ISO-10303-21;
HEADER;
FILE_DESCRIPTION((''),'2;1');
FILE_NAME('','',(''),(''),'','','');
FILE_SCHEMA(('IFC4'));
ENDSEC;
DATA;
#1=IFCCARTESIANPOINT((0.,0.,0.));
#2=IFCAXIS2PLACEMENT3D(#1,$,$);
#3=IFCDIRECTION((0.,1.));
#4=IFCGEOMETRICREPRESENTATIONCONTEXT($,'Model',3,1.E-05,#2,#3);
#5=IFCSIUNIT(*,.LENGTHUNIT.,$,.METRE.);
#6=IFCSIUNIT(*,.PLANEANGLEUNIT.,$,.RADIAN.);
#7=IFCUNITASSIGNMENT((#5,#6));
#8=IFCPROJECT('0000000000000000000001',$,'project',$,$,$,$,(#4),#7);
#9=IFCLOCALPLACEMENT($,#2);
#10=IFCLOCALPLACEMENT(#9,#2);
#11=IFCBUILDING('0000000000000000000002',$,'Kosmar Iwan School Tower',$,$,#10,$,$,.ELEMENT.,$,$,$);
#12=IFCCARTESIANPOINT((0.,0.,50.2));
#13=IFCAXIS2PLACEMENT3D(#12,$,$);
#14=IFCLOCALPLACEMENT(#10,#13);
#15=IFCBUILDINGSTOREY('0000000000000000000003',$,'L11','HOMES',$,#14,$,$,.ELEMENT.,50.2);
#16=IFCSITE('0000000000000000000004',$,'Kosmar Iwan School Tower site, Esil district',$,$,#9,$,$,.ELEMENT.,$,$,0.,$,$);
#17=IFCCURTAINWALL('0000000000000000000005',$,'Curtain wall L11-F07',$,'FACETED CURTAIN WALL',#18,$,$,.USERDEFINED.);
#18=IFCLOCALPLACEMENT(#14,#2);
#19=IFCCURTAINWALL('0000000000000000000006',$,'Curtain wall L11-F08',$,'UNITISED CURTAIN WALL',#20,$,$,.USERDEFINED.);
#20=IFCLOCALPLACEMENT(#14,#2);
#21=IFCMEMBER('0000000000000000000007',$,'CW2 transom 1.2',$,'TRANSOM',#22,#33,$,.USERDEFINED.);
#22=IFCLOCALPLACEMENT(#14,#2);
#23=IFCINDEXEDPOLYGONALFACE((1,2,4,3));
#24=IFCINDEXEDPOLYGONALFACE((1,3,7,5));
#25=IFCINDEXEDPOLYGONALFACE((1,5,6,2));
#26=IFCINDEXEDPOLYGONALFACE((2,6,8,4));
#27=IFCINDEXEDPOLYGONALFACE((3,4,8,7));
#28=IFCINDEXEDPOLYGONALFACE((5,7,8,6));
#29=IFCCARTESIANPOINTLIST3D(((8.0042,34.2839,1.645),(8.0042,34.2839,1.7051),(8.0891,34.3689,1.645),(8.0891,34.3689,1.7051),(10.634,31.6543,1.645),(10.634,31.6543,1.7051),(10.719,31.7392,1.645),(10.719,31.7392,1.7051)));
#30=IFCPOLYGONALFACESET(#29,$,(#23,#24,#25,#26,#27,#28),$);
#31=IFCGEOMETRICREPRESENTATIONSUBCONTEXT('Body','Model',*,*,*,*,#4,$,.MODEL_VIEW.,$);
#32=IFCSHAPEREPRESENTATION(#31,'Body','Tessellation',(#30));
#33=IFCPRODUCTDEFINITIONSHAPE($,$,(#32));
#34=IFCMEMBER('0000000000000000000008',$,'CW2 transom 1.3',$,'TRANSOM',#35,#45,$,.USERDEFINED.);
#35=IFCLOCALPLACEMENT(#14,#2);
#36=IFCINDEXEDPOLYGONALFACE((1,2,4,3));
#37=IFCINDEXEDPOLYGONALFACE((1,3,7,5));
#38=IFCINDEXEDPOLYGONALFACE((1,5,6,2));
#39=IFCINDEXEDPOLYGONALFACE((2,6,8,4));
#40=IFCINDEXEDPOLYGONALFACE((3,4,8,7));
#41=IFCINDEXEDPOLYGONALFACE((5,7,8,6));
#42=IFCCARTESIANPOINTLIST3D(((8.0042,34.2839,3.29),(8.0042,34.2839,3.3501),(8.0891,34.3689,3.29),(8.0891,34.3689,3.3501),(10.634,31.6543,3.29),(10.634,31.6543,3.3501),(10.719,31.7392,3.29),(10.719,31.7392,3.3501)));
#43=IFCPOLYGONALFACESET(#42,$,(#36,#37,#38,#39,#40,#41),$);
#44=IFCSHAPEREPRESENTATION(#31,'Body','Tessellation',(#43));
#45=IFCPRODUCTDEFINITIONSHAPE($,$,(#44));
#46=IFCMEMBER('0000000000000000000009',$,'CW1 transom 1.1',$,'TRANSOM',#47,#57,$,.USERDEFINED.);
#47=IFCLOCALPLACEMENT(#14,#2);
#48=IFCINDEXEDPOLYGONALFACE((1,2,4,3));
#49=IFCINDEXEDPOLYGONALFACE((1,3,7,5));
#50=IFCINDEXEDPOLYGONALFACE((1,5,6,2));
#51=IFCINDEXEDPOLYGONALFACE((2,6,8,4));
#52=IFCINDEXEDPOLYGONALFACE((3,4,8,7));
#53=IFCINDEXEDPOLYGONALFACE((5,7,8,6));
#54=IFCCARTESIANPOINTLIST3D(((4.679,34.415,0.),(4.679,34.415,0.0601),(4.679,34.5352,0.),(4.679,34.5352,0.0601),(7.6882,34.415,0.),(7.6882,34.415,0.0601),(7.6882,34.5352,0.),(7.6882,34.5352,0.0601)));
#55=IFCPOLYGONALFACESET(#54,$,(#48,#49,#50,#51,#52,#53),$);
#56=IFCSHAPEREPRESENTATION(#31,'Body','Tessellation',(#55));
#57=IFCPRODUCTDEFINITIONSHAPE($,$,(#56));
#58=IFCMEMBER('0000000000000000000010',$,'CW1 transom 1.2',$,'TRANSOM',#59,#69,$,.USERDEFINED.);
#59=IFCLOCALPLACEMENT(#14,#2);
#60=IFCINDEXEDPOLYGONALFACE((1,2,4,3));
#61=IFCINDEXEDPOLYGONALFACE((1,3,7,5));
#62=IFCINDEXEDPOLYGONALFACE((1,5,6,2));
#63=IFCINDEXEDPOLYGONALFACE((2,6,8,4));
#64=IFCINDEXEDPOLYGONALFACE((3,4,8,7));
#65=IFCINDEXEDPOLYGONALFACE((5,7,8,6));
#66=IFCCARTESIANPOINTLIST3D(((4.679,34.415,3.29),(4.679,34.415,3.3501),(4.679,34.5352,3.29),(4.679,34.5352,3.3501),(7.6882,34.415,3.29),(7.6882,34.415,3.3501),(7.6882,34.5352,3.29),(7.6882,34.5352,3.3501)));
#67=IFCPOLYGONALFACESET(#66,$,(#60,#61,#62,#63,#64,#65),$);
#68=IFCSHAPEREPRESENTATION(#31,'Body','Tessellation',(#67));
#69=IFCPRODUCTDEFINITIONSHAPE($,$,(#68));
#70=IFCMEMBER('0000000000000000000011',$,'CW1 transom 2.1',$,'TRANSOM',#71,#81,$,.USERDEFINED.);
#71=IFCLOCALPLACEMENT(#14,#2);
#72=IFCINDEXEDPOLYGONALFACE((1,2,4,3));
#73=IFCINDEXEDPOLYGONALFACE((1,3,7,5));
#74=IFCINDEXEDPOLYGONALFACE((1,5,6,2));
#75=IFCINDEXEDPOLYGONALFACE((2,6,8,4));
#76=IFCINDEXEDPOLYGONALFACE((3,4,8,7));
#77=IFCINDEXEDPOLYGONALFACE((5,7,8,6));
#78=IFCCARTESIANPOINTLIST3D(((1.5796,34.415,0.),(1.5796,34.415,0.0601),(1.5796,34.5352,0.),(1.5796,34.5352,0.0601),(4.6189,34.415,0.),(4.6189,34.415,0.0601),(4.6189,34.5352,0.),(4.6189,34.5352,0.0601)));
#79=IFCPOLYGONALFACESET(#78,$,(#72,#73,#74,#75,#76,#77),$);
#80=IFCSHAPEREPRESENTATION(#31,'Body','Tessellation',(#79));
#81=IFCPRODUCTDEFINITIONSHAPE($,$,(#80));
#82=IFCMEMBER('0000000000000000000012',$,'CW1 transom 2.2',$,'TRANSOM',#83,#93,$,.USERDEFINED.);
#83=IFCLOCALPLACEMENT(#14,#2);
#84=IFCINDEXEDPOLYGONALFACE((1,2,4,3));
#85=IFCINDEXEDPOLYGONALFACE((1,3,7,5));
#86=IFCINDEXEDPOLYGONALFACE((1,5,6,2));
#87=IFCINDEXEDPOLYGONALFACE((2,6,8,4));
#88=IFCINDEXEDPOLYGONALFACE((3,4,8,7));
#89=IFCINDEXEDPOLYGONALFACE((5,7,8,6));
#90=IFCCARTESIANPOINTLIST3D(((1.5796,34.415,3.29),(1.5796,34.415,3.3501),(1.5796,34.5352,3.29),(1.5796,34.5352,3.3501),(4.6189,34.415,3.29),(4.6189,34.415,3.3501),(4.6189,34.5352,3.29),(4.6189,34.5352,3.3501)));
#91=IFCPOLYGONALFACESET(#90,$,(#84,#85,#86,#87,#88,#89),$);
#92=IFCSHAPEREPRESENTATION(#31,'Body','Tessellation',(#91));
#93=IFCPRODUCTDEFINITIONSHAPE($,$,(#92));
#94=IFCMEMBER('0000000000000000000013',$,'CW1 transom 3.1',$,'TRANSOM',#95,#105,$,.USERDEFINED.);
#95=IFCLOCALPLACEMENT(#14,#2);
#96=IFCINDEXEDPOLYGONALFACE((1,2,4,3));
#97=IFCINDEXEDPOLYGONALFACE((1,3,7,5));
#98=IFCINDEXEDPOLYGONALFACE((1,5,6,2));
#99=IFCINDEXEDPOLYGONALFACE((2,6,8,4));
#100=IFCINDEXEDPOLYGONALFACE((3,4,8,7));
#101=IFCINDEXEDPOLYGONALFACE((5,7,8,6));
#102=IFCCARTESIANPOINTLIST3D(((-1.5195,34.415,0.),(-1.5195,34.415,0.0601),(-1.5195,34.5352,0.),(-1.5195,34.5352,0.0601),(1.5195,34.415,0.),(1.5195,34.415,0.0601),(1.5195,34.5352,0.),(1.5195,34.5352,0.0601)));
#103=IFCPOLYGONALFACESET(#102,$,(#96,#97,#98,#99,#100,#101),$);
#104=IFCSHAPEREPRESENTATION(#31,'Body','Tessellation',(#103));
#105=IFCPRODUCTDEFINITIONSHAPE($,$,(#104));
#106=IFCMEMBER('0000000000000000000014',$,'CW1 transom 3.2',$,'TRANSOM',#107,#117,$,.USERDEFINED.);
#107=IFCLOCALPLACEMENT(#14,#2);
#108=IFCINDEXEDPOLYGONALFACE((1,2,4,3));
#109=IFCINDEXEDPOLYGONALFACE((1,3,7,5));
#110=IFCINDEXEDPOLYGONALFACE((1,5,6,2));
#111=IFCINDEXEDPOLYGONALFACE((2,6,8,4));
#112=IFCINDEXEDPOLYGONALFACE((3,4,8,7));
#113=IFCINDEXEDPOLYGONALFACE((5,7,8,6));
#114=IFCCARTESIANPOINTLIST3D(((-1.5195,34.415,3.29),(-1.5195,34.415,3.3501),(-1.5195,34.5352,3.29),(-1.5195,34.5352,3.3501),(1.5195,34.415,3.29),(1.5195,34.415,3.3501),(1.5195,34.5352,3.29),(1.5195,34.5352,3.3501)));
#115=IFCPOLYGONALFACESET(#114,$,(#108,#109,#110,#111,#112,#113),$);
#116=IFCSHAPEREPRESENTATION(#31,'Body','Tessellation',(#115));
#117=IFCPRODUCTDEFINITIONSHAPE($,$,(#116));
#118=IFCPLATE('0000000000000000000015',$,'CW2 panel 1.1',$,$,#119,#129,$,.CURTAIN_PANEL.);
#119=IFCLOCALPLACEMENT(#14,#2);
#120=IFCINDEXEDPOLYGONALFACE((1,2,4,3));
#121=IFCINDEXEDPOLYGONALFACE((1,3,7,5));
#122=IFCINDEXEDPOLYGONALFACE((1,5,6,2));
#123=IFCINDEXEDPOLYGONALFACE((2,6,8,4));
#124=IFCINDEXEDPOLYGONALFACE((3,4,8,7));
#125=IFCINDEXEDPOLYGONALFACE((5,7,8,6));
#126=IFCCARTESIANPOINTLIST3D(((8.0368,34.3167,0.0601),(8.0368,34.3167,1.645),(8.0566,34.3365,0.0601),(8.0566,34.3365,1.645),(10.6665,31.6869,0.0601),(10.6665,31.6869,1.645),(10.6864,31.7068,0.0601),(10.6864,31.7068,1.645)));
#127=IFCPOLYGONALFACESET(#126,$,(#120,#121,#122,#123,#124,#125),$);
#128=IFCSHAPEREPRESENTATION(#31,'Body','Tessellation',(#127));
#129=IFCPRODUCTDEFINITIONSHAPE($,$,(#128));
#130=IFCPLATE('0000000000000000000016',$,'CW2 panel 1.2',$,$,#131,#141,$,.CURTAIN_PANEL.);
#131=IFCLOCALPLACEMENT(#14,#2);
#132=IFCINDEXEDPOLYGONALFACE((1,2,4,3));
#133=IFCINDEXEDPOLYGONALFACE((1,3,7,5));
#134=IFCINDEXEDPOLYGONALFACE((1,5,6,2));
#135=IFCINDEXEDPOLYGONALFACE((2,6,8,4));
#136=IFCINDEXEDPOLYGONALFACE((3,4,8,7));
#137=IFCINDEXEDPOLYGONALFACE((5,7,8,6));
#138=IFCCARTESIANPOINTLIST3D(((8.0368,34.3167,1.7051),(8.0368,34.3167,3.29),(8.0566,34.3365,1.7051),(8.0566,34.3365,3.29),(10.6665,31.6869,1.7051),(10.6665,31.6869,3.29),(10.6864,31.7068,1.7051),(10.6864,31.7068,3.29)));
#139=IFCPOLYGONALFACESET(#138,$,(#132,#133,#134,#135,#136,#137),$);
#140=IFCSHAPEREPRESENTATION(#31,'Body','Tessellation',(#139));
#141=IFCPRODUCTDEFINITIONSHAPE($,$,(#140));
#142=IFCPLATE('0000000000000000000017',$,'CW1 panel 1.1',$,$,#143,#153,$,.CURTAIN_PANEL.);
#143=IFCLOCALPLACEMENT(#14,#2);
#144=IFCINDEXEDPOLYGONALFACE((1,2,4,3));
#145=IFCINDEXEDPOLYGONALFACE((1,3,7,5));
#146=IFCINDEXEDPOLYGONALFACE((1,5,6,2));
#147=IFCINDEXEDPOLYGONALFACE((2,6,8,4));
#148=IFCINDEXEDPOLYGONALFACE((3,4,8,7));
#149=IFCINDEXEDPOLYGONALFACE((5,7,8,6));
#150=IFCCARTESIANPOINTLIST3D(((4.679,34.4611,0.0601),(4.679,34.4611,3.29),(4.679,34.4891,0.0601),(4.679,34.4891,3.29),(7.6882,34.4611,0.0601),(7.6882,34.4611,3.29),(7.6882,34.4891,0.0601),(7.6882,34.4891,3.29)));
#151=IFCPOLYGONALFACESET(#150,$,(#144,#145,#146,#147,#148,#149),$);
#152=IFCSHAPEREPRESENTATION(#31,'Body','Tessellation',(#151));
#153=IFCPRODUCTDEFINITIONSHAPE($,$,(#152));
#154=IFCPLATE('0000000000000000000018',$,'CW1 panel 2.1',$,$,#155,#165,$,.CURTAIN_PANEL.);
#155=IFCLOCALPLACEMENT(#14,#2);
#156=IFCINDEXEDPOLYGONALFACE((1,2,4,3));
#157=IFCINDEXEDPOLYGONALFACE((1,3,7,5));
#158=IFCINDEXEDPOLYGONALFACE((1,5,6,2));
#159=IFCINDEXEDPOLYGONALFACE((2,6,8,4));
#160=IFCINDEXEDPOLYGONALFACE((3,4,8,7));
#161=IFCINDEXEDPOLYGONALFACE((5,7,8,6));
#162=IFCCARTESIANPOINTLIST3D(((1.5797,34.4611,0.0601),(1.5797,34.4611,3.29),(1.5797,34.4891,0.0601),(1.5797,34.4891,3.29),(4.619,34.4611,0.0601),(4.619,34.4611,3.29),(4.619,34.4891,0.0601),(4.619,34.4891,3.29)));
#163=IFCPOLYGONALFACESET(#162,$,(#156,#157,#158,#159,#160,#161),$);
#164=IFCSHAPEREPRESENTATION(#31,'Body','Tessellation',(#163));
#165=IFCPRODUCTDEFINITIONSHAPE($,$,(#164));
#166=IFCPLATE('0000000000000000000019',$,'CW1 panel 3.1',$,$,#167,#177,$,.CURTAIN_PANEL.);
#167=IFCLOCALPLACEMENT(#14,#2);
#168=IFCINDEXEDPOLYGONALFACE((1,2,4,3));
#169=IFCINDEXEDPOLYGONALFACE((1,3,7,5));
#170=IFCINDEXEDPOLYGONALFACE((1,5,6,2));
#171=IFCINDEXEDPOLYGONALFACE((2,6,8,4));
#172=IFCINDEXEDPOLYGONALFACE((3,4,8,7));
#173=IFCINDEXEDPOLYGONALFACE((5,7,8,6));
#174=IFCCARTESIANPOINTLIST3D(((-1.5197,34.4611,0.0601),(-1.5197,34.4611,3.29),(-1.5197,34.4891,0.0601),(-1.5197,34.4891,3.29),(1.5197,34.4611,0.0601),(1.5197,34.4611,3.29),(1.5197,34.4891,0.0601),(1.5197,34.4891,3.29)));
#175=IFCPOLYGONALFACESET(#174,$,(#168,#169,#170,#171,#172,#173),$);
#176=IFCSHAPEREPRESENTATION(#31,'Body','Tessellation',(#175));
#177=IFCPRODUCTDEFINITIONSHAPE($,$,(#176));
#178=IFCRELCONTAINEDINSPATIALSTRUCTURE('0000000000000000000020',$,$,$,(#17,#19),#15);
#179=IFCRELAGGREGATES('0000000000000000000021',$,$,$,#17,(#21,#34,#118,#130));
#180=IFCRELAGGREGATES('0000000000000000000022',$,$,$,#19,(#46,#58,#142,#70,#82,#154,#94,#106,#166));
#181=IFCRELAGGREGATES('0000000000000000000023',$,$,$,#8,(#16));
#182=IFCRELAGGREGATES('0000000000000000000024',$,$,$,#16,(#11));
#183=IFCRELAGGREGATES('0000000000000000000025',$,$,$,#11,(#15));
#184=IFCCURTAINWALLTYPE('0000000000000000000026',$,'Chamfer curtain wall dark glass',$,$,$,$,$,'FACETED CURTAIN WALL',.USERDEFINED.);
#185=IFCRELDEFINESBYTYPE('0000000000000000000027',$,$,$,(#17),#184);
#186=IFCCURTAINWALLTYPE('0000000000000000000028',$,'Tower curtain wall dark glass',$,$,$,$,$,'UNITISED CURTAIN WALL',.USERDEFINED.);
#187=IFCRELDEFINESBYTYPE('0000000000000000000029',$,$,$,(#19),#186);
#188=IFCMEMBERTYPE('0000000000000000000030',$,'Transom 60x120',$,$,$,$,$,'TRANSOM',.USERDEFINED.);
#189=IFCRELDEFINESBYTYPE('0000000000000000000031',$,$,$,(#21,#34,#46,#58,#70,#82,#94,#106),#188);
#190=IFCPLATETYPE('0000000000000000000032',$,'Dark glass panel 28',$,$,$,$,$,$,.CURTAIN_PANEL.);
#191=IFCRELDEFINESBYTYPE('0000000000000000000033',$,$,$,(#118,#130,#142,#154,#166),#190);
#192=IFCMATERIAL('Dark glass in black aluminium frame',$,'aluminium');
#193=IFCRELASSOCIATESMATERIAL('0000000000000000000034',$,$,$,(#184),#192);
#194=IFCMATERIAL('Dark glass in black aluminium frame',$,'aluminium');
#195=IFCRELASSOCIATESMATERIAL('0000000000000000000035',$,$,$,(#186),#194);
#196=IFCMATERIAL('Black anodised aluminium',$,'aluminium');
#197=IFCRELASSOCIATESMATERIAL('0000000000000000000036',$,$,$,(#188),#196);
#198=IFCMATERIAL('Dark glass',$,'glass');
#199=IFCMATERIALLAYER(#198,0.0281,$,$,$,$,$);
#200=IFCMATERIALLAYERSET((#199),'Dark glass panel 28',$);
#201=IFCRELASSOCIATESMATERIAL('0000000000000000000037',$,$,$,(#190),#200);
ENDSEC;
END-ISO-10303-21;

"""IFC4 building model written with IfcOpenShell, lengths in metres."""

from ifc_helpers import new_model, si_unit, direction, frame, origin, origin_2d, place, context, subcontext, project, spatial, rectangle, extrude, material, layer, layer_set, material_profile, profile_set, type_object, element, aggregate, save


model = new_model("IFC4")

# Units and contexts
model_context = context("Model", 3, precision=1e-05, world=origin(), true_north=direction((0.0, 1.0)))
body_context = subcontext(model_context, "Body", "Model", "MODEL_VIEW")
ifc_project = project(units=[si_unit("LENGTHUNIT", "METRE"), si_unit("PLANEANGLEUNIT", "RADIAN")], contexts=[model_context])

# Site, building, storey
site_placement = place(None, origin())
site = spatial("IfcSite", under=ifc_project, at=site_placement, Name="Kosmar Iwan School Tower site, Esil district", CompositionType="ELEMENT", RefElevation=0.0)
building_placement = place(site_placement, origin())
building = spatial("IfcBuilding", under=site, at=building_placement, Name="Kosmar Iwan School Tower", CompositionType="ELEMENT")
storey_placement = place(building_placement, frame((0.0, 0.0, 50.2)))
storey = spatial("IfcBuildingStorey", under=building, at=storey_placement, Name="L11", Description="HOMES", CompositionType="ELEMENT", Elevation=50.2)

# Curtain walls
ifc_material_1 = material(Name="Dark glass in black aluminium frame", Category="aluminium")
curtain_wall_type_1 = type_object("IfcCurtainWallType", Name="Chamfer curtain wall dark glass", ElementType="FACETED CURTAIN WALL", PredefinedType="USERDEFINED", material=ifc_material_1)
curtain_wall_1_placement = place(storey_placement, origin())
curtain_wall_1 = element("IfcCurtainWall", 1, at=curtain_wall_1_placement, inside=storey, type_object=curtain_wall_type_1, Name="Curtain wall L11-F07", ObjectType="FACETED CURTAIN WALL", PredefinedType="USERDEFINED")
ifc_material_2 = material(Name="Dark glass in black aluminium frame", Category="aluminium")
curtain_wall_type_2 = type_object("IfcCurtainWallType", Name="Tower curtain wall dark glass", ElementType="UNITISED CURTAIN WALL", PredefinedType="USERDEFINED", material=ifc_material_2)
curtain_wall_2_placement = place(storey_placement, origin())
curtain_wall_2 = element("IfcCurtainWall", 2, at=curtain_wall_2_placement, inside=storey, type_object=curtain_wall_type_2, Name="Curtain wall L11-F08", ObjectType="UNITISED CURTAIN WALL", PredefinedType="USERDEFINED")

# Members
ifc_material_3 = material(Name="Black anodised aluminium", Category="aluminium")
ifc_material_profile_1 = material_profile(ifc_material_3, rectangle(XDim=0.1201, YDim=0.0601, at=origin_2d()), Name="TRANSOM 60x120")
ifc_profile_set_1 = profile_set([ifc_material_profile_1], Name="Black anodised aluminium")
member_type_1 = type_object("IfcMemberType", Name="Transom 60x120", ElementType="TRANSOM", PredefinedType="USERDEFINED", material=ifc_profile_set_1)
member_1_placement = place(storey_placement, frame((10.6765, 31.6968, 1.675), z_axis=(-0.70714, 0.707074, 0.0), x_axis=(-0.707074, -0.70714, 0.0)))
member_1 = element("IfcMember", 3, at=member_1_placement, type_object=member_type_1, Name="CW2 transom 1.2", ObjectType="TRANSOM", PredefinedType="USERDEFINED", context=body_context, shape_type="SweptSolid", body=[
    extrude(rectangle(XDim=0.1201, YDim=0.0601, at=origin_2d()), origin(), (0.0, 0.0, 1.0), 3.719),
])
member_2_placement = place(storey_placement, frame((10.6765, 31.6968, 3.3201), z_axis=(-0.70714, 0.707074, 0.0), x_axis=(-0.707074, -0.70714, 0.0)))
member_2 = element("IfcMember", 4, at=member_2_placement, type_object=member_type_1, Name="CW2 transom 1.3", ObjectType="TRANSOM", PredefinedType="USERDEFINED", context=body_context, shape_type="SweptSolid", body=[
    extrude(rectangle(XDim=0.1201, YDim=0.0601, at=origin_2d()), origin(), (0.0, 0.0, 1.0), 3.719),
])
member_3_placement = place(storey_placement, frame((7.6882, 34.4751, 0.03), z_axis=(-1.0, 0.0, 0.0), x_axis=(0.0, -1.0, 0.0)))
member_3 = element("IfcMember", 5, at=member_3_placement, type_object=member_type_1, Name="CW1 transom 1.1", ObjectType="TRANSOM", PredefinedType="USERDEFINED", context=body_context, shape_type="SweptSolid", body=[
    extrude(rectangle(XDim=0.1201, YDim=0.0601, at=origin_2d()), origin(), (0.0, 0.0, 1.0), 3.0093),
])
member_4_placement = place(storey_placement, frame((7.6882, 34.4751, 3.3201), z_axis=(-1.0, 0.0, 0.0), x_axis=(0.0, -1.0, 0.0)))
member_4 = element("IfcMember", 6, at=member_4_placement, type_object=member_type_1, Name="CW1 transom 1.2", ObjectType="TRANSOM", PredefinedType="USERDEFINED", context=body_context, shape_type="SweptSolid", body=[
    extrude(rectangle(XDim=0.1201, YDim=0.0601, at=origin_2d()), origin(), (0.0, 0.0, 1.0), 3.0093),
])
member_5_placement = place(storey_placement, frame((4.6189, 34.4751, 0.03), z_axis=(-1.0, 0.0, 0.0), x_axis=(0.0, -1.0, 0.0)))
member_5 = element("IfcMember", 7, at=member_5_placement, type_object=member_type_1, Name="CW1 transom 2.1", ObjectType="TRANSOM", PredefinedType="USERDEFINED", context=body_context, shape_type="SweptSolid", body=[
    extrude(rectangle(XDim=0.1201, YDim=0.0601, at=origin_2d()), origin(), (0.0, 0.0, 1.0), 3.0393),
])
member_6_placement = place(storey_placement, frame((4.6189, 34.4751, 3.3201), z_axis=(-1.0, 0.0, 0.0), x_axis=(0.0, -1.0, 0.0)))
member_6 = element("IfcMember", 8, at=member_6_placement, type_object=member_type_1, Name="CW1 transom 2.2", ObjectType="TRANSOM", PredefinedType="USERDEFINED", context=body_context, shape_type="SweptSolid", body=[
    extrude(rectangle(XDim=0.1201, YDim=0.0601, at=origin_2d()), origin(), (0.0, 0.0, 1.0), 3.0393),
])
member_7_placement = place(storey_placement, frame((1.5195, 34.4751, 0.03), z_axis=(-1.0, 0.0, 0.0), x_axis=(0.0, -1.0, 0.0)))
member_7 = element("IfcMember", 9, at=member_7_placement, type_object=member_type_1, Name="CW1 transom 3.1", ObjectType="TRANSOM", PredefinedType="USERDEFINED", context=body_context, shape_type="SweptSolid", body=[
    extrude(rectangle(XDim=0.1201, YDim=0.0601, at=origin_2d()), origin(), (0.0, 0.0, 1.0), 3.0391),
])
member_8_placement = place(storey_placement, frame((1.5195, 34.4751, 3.3201), z_axis=(-1.0, 0.0, 0.0), x_axis=(0.0, -1.0, 0.0)))
member_8 = element("IfcMember", 10, at=member_8_placement, type_object=member_type_1, Name="CW1 transom 3.2", ObjectType="TRANSOM", PredefinedType="USERDEFINED", context=body_context, shape_type="SweptSolid", body=[
    extrude(rectangle(XDim=0.1201, YDim=0.0601, at=origin_2d()), origin(), (0.0, 0.0, 1.0), 3.0391),
])

# Plates
ifc_material_4 = material(Name="Dark glass", Category="glass")
ifc_layer_1 = layer(ifc_material_4, 0.0281)
ifc_layer_set_1 = layer_set([ifc_layer_1], Name="Dark glass panel 28")
plate_type = type_object("IfcPlateType", Name="Dark glass panel 28", PredefinedType="CURTAIN_PANEL", material=ifc_layer_set_1)
plate_1_placement = place(storey_placement, frame((9.3616, 33.0117, 0.0601), z_axis=(0.0, 0.0, 1.0), x_axis=(-0.707107, 0.707107, 0.0)))
plate_1 = element("IfcPlate", 11, at=plate_1_placement, type_object=plate_type, Name="CW2 panel 1.1", PredefinedType="CURTAIN_PANEL", context=body_context, shape_type="SweptSolid", body=[
    extrude(rectangle(XDim=3.719, YDim=0.0281, at=origin_2d()), origin(), (0.0, 0.0, 1.0), 1.585),
])
plate_2_placement = place(storey_placement, frame((9.3616, 33.0117, 1.7051), z_axis=(0.0, 0.0, 1.0), x_axis=(-0.707107, 0.707107, 0.0)))
plate_2 = element("IfcPlate", 12, at=plate_2_placement, type_object=plate_type, Name="CW2 panel 1.2", PredefinedType="CURTAIN_PANEL", context=body_context, shape_type="SweptSolid", body=[
    extrude(rectangle(XDim=3.719, YDim=0.0281, at=origin_2d()), origin(), (0.0, 0.0, 1.0), 1.585),
])
aggregate(curtain_wall_1, [member_1, member_2, plate_1, plate_2])
plate_3_placement = place(storey_placement, frame((6.1836, 34.4751, 0.0601), z_axis=(0.0, 0.0, 1.0), x_axis=(-1.0, 0.0, 0.0)))
plate_3 = element("IfcPlate", 13, at=plate_3_placement, type_object=plate_type, Name="CW1 panel 1.1", PredefinedType="CURTAIN_PANEL", context=body_context, shape_type="SweptSolid", body=[
    extrude(rectangle(XDim=3.0093, YDim=0.0281, at=origin_2d()), origin(), (0.0, 0.0, 1.0), 3.23),
])
plate_4_placement = place(storey_placement, frame((3.0994, 34.4751, 0.0601), z_axis=(0.0, 0.0, 1.0), x_axis=(-1.0, 0.0, 0.0)))
plate_4 = element("IfcPlate", 14, at=plate_4_placement, type_object=plate_type, Name="CW1 panel 2.1", PredefinedType="CURTAIN_PANEL", context=body_context, shape_type="SweptSolid", body=[
    extrude(rectangle(XDim=3.0393, YDim=0.0281, at=origin_2d()), origin(), (0.0, 0.0, 1.0), 3.23),
])
plate_5_placement = place(storey_placement, frame((0.0, 34.4751, 0.0601), z_axis=(0.0, 0.0, 1.0), x_axis=(-1.0, 0.0, 0.0)))
plate_5 = element("IfcPlate", 15, at=plate_5_placement, type_object=plate_type, Name="CW1 panel 3.1", PredefinedType="CURTAIN_PANEL", context=body_context, shape_type="SweptSolid", body=[
    extrude(rectangle(XDim=3.0393, YDim=0.0281, at=origin_2d()), origin(), (0.0, 0.0, 1.0), 3.23),
])
aggregate(curtain_wall_2, [member_3, member_4, plate_3, member_5, member_6, plate_4, member_7, member_8, plate_5])

save(model, "model.ifc")
